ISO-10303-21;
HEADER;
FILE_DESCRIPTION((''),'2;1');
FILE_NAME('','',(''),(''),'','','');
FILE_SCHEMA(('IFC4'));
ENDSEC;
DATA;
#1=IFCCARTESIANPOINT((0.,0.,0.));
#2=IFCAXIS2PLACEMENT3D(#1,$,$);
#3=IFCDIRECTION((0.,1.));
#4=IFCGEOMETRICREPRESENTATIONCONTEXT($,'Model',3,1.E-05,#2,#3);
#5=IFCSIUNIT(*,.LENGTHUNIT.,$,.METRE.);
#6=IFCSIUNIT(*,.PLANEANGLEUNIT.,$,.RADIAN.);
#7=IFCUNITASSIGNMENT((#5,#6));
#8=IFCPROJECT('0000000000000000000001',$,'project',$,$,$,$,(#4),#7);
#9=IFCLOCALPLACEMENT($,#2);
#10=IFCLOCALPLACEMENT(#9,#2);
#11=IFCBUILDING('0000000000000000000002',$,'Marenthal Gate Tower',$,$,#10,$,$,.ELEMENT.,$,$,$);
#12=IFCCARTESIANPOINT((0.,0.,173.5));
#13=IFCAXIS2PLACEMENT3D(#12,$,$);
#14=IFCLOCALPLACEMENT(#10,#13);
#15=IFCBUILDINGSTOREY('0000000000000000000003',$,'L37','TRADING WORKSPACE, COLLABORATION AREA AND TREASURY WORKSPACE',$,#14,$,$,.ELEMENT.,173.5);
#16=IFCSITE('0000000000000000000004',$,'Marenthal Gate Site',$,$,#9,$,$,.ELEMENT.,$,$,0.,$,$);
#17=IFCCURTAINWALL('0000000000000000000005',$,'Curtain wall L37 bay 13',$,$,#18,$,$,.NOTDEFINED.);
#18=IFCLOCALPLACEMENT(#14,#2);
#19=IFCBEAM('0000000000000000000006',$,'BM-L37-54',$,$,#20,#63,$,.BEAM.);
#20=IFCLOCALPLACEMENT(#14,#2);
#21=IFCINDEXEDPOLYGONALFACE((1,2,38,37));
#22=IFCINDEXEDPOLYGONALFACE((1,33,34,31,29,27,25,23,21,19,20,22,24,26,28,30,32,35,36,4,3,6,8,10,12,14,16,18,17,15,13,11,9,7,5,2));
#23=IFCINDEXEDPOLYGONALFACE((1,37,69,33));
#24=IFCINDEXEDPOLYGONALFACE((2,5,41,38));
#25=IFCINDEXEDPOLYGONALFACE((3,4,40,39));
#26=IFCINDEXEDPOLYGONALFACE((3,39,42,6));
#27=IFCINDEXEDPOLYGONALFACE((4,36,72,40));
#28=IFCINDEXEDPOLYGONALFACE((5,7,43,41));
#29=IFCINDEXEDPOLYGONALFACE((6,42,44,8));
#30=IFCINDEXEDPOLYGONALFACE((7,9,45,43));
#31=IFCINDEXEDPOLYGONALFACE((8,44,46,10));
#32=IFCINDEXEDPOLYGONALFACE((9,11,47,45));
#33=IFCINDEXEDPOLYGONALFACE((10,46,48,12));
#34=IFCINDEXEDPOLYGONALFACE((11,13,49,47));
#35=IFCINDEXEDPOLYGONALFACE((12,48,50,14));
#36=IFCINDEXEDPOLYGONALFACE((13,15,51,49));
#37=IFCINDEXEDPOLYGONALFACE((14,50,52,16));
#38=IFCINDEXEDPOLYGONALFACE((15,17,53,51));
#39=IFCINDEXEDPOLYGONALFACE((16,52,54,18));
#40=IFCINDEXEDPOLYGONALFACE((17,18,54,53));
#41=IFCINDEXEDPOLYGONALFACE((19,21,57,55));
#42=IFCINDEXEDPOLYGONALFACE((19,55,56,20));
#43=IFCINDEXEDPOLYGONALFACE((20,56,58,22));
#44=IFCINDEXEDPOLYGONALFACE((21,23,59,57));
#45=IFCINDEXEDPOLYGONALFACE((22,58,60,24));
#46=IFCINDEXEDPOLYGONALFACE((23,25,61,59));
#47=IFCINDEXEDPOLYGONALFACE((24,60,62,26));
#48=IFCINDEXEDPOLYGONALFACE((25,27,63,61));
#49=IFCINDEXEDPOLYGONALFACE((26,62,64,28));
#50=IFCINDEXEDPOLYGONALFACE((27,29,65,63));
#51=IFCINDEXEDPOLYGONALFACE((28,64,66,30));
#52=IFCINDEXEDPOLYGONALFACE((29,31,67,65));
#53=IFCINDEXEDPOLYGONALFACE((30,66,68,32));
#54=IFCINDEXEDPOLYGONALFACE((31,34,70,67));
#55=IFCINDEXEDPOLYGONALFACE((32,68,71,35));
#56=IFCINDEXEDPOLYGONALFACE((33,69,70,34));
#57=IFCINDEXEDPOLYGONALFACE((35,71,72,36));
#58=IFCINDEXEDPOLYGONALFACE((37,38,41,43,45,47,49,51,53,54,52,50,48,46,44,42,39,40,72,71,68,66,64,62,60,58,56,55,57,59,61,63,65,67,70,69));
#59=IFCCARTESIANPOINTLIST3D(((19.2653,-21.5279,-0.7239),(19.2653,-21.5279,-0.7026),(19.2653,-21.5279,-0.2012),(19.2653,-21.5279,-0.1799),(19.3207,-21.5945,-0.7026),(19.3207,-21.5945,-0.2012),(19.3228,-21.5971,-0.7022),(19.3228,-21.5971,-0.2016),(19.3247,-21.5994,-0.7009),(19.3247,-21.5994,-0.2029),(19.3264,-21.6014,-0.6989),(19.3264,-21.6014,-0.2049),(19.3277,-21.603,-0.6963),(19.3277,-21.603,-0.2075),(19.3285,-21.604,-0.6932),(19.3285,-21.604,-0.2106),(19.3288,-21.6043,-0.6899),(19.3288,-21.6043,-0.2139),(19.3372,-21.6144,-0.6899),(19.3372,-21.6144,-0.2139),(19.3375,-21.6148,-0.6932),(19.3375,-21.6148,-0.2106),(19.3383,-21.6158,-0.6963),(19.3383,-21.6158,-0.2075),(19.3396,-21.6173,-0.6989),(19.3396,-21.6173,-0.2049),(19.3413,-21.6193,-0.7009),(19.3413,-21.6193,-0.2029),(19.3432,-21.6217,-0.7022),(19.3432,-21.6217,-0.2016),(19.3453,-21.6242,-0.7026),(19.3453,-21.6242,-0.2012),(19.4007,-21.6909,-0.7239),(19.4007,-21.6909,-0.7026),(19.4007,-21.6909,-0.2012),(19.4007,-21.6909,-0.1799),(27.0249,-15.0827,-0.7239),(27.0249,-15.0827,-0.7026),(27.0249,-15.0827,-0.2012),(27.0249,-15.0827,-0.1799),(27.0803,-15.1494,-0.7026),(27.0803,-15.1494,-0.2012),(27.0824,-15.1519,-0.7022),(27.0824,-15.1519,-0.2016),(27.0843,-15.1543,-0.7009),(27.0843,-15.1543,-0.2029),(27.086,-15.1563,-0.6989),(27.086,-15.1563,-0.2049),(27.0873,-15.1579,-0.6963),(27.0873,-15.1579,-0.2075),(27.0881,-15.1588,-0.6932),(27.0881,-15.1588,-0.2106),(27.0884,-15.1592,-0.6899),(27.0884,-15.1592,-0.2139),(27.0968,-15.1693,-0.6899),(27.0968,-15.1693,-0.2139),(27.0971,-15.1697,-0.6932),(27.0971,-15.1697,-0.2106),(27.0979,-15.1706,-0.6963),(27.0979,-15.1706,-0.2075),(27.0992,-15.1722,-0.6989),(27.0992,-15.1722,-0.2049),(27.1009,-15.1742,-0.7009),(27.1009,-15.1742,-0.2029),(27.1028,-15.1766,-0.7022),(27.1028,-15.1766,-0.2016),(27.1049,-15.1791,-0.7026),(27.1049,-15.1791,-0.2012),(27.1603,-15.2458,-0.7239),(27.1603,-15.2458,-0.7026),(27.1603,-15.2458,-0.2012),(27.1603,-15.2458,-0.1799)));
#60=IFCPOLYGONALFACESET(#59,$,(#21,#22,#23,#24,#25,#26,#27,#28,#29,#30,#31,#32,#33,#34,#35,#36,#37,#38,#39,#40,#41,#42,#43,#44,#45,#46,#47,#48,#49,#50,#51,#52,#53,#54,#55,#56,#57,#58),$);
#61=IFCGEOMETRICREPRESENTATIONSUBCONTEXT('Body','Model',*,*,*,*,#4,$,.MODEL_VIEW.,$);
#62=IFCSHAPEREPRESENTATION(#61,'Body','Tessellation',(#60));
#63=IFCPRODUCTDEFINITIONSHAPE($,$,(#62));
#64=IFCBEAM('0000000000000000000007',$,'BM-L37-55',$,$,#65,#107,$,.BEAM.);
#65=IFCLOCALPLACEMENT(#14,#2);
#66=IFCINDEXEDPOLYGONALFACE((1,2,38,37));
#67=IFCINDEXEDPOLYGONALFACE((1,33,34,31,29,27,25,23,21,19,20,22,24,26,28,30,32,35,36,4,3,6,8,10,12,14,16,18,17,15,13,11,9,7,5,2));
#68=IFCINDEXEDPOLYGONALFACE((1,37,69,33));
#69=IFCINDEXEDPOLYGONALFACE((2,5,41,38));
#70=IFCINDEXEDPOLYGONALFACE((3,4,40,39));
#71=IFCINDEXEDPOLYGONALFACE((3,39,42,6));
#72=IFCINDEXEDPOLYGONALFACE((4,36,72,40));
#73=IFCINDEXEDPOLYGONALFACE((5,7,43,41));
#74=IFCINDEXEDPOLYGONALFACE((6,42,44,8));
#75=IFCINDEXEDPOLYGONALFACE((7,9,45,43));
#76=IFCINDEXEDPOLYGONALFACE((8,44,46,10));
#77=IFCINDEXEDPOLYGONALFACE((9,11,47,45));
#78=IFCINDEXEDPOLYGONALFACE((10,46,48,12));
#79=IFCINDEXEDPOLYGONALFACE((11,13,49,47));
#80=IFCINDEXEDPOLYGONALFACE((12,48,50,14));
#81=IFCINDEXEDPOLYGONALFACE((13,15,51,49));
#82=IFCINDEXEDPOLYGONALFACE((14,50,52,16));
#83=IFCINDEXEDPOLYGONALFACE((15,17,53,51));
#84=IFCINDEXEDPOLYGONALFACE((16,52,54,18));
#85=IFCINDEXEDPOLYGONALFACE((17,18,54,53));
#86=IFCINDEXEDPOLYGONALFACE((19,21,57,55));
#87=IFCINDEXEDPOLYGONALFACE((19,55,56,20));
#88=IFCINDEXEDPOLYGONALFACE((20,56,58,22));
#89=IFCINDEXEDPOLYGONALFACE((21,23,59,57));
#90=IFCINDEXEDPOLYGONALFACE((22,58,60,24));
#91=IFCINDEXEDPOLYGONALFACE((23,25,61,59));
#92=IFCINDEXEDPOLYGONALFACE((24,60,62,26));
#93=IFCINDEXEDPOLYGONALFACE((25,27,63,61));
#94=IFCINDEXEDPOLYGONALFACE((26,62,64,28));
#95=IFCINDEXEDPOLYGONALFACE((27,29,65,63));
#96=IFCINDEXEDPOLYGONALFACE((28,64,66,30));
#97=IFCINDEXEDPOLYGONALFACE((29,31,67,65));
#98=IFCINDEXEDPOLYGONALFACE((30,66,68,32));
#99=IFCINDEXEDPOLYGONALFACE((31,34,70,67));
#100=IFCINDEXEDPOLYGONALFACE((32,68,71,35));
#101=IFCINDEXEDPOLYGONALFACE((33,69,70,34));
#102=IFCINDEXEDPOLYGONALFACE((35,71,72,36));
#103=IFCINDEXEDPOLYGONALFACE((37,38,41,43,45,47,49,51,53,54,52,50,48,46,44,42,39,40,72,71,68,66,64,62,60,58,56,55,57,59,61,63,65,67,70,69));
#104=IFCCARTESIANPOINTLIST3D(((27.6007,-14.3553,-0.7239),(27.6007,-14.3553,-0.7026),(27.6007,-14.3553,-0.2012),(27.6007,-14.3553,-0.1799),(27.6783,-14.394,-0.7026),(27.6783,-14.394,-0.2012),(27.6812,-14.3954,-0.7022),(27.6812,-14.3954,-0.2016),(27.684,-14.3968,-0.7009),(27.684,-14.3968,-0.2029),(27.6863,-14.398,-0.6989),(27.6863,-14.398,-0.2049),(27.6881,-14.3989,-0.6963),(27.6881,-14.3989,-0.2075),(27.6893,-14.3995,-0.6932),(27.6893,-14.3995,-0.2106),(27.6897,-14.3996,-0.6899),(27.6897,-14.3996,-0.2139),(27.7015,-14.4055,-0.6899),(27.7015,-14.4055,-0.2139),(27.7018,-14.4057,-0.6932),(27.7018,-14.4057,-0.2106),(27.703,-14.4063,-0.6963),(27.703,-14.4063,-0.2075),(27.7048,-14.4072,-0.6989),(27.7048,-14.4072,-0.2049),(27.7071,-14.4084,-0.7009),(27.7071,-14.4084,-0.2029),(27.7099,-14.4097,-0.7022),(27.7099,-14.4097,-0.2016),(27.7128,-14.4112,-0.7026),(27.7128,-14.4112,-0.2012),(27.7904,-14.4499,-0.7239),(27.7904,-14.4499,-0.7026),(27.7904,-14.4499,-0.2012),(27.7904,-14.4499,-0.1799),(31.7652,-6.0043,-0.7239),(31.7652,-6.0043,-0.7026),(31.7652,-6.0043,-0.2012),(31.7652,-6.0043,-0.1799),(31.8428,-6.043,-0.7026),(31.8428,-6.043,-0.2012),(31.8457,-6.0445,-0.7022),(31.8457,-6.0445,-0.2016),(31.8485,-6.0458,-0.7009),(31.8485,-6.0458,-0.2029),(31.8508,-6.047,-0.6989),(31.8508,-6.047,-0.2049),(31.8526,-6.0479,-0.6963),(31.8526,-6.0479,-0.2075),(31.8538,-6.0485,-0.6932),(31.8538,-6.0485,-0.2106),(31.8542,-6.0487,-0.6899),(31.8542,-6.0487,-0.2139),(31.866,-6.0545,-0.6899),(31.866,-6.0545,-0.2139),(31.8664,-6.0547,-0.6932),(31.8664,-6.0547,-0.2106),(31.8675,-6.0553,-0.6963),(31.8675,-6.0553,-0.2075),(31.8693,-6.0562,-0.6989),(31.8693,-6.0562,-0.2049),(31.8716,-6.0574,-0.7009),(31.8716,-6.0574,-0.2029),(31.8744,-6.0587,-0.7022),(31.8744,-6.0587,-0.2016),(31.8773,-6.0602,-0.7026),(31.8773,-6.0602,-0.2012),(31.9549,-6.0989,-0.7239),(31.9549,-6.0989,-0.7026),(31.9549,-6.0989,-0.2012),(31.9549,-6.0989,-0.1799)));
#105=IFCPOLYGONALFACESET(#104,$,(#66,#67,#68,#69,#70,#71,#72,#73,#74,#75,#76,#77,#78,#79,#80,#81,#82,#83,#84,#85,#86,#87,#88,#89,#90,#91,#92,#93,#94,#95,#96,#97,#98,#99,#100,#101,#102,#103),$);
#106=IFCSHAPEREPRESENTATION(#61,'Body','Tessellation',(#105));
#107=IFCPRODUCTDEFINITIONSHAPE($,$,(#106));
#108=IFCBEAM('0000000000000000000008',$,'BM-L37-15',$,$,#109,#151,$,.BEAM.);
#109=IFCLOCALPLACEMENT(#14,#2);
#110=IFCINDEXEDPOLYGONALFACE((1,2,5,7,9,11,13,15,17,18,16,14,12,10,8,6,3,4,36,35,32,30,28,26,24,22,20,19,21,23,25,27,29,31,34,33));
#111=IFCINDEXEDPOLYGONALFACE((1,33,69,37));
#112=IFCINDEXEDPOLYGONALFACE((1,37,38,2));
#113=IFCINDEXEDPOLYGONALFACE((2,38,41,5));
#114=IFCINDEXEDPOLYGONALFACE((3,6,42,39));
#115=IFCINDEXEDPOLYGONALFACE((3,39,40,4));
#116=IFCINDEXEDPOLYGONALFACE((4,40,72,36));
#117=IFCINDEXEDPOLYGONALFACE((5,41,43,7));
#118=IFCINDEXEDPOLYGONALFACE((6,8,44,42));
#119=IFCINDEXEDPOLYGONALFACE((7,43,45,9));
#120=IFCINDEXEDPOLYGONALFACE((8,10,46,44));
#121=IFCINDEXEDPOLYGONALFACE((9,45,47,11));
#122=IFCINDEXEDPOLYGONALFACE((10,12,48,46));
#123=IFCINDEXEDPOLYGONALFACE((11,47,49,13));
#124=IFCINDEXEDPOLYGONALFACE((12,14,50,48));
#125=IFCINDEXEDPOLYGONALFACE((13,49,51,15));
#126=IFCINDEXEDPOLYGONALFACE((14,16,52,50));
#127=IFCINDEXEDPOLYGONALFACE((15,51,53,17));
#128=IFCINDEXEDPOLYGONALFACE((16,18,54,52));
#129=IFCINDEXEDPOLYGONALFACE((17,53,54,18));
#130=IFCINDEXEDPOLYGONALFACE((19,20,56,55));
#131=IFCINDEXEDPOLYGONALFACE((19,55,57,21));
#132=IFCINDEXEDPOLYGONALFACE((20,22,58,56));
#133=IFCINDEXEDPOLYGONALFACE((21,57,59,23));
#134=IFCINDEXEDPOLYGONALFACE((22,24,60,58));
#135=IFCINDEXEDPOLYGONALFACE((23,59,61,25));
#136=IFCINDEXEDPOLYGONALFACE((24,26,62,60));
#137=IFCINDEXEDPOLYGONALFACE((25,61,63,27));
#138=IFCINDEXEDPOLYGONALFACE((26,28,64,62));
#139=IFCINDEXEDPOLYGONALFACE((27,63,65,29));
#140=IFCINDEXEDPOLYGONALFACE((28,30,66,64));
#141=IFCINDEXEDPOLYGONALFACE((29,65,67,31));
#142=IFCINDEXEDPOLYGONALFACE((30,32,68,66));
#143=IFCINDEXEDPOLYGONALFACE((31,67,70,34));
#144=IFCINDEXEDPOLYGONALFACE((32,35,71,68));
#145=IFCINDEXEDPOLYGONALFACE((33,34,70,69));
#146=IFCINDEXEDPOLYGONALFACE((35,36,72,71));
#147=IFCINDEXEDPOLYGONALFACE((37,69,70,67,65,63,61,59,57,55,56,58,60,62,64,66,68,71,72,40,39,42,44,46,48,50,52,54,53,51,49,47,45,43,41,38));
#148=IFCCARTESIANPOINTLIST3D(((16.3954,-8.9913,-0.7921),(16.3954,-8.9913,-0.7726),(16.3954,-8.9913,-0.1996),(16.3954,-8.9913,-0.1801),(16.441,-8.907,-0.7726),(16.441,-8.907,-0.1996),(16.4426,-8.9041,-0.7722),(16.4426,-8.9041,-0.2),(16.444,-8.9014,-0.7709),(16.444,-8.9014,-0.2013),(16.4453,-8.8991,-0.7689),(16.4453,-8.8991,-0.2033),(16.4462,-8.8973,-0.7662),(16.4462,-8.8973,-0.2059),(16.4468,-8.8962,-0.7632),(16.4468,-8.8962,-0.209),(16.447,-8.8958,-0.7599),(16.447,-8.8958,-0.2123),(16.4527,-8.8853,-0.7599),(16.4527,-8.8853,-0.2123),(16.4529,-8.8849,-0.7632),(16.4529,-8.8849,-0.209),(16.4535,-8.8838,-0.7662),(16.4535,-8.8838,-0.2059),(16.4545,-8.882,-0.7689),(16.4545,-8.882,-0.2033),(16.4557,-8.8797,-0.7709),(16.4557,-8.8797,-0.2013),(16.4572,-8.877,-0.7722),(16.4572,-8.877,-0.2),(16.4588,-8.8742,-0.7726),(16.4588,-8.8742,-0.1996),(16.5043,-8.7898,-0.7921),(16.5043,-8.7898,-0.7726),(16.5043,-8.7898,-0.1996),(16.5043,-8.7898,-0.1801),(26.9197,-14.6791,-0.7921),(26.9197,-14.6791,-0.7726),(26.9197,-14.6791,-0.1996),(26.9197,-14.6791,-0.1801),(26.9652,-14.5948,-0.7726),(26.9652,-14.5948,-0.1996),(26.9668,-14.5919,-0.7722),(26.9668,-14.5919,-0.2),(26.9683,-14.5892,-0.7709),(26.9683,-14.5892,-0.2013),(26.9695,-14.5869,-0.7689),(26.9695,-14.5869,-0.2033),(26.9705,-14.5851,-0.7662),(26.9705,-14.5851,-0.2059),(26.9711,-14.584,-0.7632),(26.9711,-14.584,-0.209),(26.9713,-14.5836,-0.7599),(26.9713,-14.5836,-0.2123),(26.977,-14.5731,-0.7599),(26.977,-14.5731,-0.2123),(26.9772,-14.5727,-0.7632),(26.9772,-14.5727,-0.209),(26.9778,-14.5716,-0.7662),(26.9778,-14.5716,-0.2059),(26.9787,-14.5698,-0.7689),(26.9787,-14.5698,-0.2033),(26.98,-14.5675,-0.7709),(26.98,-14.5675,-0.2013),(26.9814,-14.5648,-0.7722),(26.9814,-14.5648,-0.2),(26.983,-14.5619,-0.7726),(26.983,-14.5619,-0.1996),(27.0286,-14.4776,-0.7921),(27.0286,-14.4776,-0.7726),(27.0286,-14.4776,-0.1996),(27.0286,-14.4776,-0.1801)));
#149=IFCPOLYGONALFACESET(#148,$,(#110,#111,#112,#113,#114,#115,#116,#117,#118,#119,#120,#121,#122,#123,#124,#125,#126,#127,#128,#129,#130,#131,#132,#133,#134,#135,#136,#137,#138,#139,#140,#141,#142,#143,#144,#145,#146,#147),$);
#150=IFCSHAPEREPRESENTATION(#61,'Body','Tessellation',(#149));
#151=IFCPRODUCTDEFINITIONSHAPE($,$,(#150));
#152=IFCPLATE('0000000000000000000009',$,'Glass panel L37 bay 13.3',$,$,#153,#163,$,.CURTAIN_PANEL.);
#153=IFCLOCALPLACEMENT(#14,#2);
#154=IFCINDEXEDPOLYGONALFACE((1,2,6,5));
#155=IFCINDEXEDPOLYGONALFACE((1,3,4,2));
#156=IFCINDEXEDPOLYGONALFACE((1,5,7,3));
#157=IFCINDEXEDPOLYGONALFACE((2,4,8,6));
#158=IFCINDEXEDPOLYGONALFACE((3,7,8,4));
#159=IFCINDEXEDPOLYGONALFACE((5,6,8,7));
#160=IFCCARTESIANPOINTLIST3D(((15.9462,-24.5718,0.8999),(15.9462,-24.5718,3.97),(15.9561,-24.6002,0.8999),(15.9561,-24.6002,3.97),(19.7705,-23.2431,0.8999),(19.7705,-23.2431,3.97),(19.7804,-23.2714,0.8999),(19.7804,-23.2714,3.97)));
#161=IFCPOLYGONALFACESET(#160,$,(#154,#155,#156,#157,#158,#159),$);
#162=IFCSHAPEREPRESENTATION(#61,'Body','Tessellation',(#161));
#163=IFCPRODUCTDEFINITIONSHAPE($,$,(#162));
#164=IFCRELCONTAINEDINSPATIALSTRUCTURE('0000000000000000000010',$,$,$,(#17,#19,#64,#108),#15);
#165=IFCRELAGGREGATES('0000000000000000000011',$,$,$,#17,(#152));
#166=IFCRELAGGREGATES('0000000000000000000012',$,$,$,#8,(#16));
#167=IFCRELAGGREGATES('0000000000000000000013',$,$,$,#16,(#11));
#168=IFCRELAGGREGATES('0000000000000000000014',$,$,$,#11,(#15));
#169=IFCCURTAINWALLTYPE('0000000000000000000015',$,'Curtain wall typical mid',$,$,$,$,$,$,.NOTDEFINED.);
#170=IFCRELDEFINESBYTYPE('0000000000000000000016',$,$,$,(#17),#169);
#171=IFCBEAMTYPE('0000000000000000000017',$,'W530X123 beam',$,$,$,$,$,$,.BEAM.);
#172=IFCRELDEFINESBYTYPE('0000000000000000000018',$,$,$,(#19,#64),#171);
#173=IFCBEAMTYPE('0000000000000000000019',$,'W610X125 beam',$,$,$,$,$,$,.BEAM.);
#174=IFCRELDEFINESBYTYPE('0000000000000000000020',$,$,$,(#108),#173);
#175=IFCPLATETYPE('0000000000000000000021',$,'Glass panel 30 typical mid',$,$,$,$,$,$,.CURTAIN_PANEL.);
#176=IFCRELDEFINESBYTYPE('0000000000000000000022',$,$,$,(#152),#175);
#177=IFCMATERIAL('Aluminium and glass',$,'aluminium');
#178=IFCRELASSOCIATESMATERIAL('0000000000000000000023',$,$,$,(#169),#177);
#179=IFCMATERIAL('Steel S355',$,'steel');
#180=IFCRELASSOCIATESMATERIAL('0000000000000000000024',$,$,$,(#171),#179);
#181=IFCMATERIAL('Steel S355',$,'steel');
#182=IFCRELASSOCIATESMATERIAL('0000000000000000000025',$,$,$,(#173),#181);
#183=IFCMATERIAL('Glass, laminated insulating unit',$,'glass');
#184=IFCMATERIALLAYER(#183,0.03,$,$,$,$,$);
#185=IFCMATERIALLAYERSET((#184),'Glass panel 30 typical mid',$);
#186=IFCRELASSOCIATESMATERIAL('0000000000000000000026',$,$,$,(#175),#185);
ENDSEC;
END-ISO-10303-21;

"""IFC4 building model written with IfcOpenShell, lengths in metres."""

from ifc_helpers import new_model, si_unit, direction, frame, origin, origin_2d, place, context, subcontext, project, spatial, rectangle, i_section, extrude, material, layer, layer_set, material_profile, profile_set, type_object, element, aggregate, save


model = new_model("IFC4")

# Units and contexts
model_context = context("Model", 3, precision=1e-05, world=origin(), true_north=direction((0.0, 1.0)))
body_context = subcontext(model_context, "Body", "Model", "MODEL_VIEW")
ifc_project = project(units=[si_unit("LENGTHUNIT", "METRE"), si_unit("PLANEANGLEUNIT", "RADIAN")], contexts=[model_context])

# Site, building, storey
site_placement = place(None, origin())
site = spatial("IfcSite", under=ifc_project, at=site_placement, Name="Marenthal Gate Site", CompositionType="ELEMENT", RefElevation=0.0)
building_placement = place(site_placement, origin())
building = spatial("IfcBuilding", under=site, at=building_placement, Name="Marenthal Gate Tower", CompositionType="ELEMENT")
storey_placement = place(building_placement, frame((0.0, 0.0, 173.5)))
storey = spatial("IfcBuildingStorey", under=building, at=storey_placement, Name="L37", Description="TRADING WORKSPACE, COLLABORATION AREA AND TREASURY WORKSPACE", CompositionType="ELEMENT", Elevation=173.5)

# Curtain wall
ifc_material_1 = material(Name="Aluminium and glass", Category="aluminium")
curtain_wall_type = type_object("IfcCurtainWallType", Name="Curtain wall typical mid", PredefinedType="NOTDEFINED", material=ifc_material_1)
curtain_wall_1_placement = place(storey_placement, origin())
curtain_wall_1 = element("IfcCurtainWall", 1, at=curtain_wall_1_placement, inside=storey, type_object=curtain_wall_type, Name="Curtain wall L37 bay 13", PredefinedType="NOTDEFINED")

# Beams
ifc_material_2 = material(Name="Steel S355", Category="steel")
ifc_material_profile_1 = material_profile(ifc_material_2, i_section(OverallWidth=0.2119, OverallDepth=0.5439, WebThickness=0.0132, FlangeThickness=0.0212, FilletRadius=0.0127, at=origin_2d()), Name="W530X123")
ifc_profile_set_1 = profile_set([ifc_material_profile_1], Name="Steel S355")
beam_type_1 = type_object("IfcBeamType", Name="W530X123 beam", PredefinedType="BEAM", material=ifc_profile_set_1)
beam_1_placement = place(storey_placement, frame((19.333, -21.6094, -0.4519), z_axis=(0.769254, 0.638943, 0.0), x_axis=(-0.638943, 0.769254, 0.0)))
element("IfcBeam", 2, at=beam_1_placement, inside=storey, type_object=beam_type_1, Name="BM-L37-54", PredefinedType="BEAM", context=body_context, shape_type="SweptSolid", body=[
    extrude(i_section(OverallWidth=0.2119, OverallDepth=0.5439, WebThickness=0.0132, FlangeThickness=0.0212, FilletRadius=0.0127, at=origin_2d()), origin(), (0.0, 0.0, 1.0), 10.0872),
])
beam_2_placement = place(storey_placement, frame((27.6956, -14.4026, -0.4519), z_axis=(0.446272, 0.894898, 0.0), x_axis=(-0.894898, 0.446272, 0.0)))
element("IfcBeam", 3, at=beam_2_placement, inside=storey, type_object=beam_type_1, Name="BM-L37-55", PredefinedType="BEAM", context=body_context, shape_type="SweptSolid", body=[
    extrude(i_section(OverallWidth=0.2119, OverallDepth=0.5439, WebThickness=0.0132, FlangeThickness=0.0212, FilletRadius=0.0127, at=origin_2d()), origin(), (0.0, 0.0, 1.0), 9.3318),
])
ifc_material_3 = material(Name="Steel S355", Category="steel")
ifc_material_profile_2 = material_profile(ifc_material_3, i_section(OverallWidth=0.229, OverallDepth=0.6121, WebThickness=0.012, FlangeThickness=0.0195, FilletRadius=0.0127, at=origin_2d()), Name="W610X125")
ifc_profile_set_2 = profile_set([ifc_material_profile_2], Name="Steel S355")
beam_type_2 = type_object("IfcBeamType", Name="W610X125 beam", PredefinedType="BEAM", material=ifc_profile_set_2)
beam_3_placement = place(storey_placement, frame((26.9741, -14.5784, -0.4861), z_axis=(-0.879741, 0.475453, 0.0), x_axis=(-0.475453, -0.879741, 0.0)))
element("IfcBeam", 4, at=beam_3_placement, inside=storey, type_object=beam_type_2, Name="BM-L37-15", PredefinedType="BEAM", context=body_context, shape_type="SweptSolid", body=[
    extrude(i_section(OverallWidth=0.229, OverallDepth=0.6121, WebThickness=0.012, FlangeThickness=0.0195, FilletRadius=0.0127, at=origin_2d()), origin(), (0.0, 0.0, 1.0), 11.9629),
])

# Plate
ifc_material_4 = material(Name="Glass, laminated insulating unit", Category="glass")
ifc_layer_1 = layer(ifc_material_4, 0.03)
ifc_layer_set_1 = layer_set([ifc_layer_1], Name="Glass panel 30 typical mid")
plate_type = type_object("IfcPlateType", Name="Glass panel 30 typical mid", PredefinedType="CURTAIN_PANEL", material=ifc_layer_set_1)
plate_placement = place(storey_placement, frame((17.8633, -23.9216, 0.8999), z_axis=(0.0, 0.0, 1.0), x_axis=(0.944604, 0.328211, 0.0)))
plate = element("IfcPlate", 5, at=plate_placement, type_object=plate_type, Name="Glass panel L37 bay 13.3", PredefinedType="CURTAIN_PANEL", context=body_context, shape_type="SweptSolid", body=[
    extrude(rectangle(XDim=4.0486, YDim=0.03, at=origin_2d()), origin(), (0.0, 0.0, 1.0), 3.0701),
])
aggregate(curtain_wall_1, [plate])

save(model, "model.ifc")
